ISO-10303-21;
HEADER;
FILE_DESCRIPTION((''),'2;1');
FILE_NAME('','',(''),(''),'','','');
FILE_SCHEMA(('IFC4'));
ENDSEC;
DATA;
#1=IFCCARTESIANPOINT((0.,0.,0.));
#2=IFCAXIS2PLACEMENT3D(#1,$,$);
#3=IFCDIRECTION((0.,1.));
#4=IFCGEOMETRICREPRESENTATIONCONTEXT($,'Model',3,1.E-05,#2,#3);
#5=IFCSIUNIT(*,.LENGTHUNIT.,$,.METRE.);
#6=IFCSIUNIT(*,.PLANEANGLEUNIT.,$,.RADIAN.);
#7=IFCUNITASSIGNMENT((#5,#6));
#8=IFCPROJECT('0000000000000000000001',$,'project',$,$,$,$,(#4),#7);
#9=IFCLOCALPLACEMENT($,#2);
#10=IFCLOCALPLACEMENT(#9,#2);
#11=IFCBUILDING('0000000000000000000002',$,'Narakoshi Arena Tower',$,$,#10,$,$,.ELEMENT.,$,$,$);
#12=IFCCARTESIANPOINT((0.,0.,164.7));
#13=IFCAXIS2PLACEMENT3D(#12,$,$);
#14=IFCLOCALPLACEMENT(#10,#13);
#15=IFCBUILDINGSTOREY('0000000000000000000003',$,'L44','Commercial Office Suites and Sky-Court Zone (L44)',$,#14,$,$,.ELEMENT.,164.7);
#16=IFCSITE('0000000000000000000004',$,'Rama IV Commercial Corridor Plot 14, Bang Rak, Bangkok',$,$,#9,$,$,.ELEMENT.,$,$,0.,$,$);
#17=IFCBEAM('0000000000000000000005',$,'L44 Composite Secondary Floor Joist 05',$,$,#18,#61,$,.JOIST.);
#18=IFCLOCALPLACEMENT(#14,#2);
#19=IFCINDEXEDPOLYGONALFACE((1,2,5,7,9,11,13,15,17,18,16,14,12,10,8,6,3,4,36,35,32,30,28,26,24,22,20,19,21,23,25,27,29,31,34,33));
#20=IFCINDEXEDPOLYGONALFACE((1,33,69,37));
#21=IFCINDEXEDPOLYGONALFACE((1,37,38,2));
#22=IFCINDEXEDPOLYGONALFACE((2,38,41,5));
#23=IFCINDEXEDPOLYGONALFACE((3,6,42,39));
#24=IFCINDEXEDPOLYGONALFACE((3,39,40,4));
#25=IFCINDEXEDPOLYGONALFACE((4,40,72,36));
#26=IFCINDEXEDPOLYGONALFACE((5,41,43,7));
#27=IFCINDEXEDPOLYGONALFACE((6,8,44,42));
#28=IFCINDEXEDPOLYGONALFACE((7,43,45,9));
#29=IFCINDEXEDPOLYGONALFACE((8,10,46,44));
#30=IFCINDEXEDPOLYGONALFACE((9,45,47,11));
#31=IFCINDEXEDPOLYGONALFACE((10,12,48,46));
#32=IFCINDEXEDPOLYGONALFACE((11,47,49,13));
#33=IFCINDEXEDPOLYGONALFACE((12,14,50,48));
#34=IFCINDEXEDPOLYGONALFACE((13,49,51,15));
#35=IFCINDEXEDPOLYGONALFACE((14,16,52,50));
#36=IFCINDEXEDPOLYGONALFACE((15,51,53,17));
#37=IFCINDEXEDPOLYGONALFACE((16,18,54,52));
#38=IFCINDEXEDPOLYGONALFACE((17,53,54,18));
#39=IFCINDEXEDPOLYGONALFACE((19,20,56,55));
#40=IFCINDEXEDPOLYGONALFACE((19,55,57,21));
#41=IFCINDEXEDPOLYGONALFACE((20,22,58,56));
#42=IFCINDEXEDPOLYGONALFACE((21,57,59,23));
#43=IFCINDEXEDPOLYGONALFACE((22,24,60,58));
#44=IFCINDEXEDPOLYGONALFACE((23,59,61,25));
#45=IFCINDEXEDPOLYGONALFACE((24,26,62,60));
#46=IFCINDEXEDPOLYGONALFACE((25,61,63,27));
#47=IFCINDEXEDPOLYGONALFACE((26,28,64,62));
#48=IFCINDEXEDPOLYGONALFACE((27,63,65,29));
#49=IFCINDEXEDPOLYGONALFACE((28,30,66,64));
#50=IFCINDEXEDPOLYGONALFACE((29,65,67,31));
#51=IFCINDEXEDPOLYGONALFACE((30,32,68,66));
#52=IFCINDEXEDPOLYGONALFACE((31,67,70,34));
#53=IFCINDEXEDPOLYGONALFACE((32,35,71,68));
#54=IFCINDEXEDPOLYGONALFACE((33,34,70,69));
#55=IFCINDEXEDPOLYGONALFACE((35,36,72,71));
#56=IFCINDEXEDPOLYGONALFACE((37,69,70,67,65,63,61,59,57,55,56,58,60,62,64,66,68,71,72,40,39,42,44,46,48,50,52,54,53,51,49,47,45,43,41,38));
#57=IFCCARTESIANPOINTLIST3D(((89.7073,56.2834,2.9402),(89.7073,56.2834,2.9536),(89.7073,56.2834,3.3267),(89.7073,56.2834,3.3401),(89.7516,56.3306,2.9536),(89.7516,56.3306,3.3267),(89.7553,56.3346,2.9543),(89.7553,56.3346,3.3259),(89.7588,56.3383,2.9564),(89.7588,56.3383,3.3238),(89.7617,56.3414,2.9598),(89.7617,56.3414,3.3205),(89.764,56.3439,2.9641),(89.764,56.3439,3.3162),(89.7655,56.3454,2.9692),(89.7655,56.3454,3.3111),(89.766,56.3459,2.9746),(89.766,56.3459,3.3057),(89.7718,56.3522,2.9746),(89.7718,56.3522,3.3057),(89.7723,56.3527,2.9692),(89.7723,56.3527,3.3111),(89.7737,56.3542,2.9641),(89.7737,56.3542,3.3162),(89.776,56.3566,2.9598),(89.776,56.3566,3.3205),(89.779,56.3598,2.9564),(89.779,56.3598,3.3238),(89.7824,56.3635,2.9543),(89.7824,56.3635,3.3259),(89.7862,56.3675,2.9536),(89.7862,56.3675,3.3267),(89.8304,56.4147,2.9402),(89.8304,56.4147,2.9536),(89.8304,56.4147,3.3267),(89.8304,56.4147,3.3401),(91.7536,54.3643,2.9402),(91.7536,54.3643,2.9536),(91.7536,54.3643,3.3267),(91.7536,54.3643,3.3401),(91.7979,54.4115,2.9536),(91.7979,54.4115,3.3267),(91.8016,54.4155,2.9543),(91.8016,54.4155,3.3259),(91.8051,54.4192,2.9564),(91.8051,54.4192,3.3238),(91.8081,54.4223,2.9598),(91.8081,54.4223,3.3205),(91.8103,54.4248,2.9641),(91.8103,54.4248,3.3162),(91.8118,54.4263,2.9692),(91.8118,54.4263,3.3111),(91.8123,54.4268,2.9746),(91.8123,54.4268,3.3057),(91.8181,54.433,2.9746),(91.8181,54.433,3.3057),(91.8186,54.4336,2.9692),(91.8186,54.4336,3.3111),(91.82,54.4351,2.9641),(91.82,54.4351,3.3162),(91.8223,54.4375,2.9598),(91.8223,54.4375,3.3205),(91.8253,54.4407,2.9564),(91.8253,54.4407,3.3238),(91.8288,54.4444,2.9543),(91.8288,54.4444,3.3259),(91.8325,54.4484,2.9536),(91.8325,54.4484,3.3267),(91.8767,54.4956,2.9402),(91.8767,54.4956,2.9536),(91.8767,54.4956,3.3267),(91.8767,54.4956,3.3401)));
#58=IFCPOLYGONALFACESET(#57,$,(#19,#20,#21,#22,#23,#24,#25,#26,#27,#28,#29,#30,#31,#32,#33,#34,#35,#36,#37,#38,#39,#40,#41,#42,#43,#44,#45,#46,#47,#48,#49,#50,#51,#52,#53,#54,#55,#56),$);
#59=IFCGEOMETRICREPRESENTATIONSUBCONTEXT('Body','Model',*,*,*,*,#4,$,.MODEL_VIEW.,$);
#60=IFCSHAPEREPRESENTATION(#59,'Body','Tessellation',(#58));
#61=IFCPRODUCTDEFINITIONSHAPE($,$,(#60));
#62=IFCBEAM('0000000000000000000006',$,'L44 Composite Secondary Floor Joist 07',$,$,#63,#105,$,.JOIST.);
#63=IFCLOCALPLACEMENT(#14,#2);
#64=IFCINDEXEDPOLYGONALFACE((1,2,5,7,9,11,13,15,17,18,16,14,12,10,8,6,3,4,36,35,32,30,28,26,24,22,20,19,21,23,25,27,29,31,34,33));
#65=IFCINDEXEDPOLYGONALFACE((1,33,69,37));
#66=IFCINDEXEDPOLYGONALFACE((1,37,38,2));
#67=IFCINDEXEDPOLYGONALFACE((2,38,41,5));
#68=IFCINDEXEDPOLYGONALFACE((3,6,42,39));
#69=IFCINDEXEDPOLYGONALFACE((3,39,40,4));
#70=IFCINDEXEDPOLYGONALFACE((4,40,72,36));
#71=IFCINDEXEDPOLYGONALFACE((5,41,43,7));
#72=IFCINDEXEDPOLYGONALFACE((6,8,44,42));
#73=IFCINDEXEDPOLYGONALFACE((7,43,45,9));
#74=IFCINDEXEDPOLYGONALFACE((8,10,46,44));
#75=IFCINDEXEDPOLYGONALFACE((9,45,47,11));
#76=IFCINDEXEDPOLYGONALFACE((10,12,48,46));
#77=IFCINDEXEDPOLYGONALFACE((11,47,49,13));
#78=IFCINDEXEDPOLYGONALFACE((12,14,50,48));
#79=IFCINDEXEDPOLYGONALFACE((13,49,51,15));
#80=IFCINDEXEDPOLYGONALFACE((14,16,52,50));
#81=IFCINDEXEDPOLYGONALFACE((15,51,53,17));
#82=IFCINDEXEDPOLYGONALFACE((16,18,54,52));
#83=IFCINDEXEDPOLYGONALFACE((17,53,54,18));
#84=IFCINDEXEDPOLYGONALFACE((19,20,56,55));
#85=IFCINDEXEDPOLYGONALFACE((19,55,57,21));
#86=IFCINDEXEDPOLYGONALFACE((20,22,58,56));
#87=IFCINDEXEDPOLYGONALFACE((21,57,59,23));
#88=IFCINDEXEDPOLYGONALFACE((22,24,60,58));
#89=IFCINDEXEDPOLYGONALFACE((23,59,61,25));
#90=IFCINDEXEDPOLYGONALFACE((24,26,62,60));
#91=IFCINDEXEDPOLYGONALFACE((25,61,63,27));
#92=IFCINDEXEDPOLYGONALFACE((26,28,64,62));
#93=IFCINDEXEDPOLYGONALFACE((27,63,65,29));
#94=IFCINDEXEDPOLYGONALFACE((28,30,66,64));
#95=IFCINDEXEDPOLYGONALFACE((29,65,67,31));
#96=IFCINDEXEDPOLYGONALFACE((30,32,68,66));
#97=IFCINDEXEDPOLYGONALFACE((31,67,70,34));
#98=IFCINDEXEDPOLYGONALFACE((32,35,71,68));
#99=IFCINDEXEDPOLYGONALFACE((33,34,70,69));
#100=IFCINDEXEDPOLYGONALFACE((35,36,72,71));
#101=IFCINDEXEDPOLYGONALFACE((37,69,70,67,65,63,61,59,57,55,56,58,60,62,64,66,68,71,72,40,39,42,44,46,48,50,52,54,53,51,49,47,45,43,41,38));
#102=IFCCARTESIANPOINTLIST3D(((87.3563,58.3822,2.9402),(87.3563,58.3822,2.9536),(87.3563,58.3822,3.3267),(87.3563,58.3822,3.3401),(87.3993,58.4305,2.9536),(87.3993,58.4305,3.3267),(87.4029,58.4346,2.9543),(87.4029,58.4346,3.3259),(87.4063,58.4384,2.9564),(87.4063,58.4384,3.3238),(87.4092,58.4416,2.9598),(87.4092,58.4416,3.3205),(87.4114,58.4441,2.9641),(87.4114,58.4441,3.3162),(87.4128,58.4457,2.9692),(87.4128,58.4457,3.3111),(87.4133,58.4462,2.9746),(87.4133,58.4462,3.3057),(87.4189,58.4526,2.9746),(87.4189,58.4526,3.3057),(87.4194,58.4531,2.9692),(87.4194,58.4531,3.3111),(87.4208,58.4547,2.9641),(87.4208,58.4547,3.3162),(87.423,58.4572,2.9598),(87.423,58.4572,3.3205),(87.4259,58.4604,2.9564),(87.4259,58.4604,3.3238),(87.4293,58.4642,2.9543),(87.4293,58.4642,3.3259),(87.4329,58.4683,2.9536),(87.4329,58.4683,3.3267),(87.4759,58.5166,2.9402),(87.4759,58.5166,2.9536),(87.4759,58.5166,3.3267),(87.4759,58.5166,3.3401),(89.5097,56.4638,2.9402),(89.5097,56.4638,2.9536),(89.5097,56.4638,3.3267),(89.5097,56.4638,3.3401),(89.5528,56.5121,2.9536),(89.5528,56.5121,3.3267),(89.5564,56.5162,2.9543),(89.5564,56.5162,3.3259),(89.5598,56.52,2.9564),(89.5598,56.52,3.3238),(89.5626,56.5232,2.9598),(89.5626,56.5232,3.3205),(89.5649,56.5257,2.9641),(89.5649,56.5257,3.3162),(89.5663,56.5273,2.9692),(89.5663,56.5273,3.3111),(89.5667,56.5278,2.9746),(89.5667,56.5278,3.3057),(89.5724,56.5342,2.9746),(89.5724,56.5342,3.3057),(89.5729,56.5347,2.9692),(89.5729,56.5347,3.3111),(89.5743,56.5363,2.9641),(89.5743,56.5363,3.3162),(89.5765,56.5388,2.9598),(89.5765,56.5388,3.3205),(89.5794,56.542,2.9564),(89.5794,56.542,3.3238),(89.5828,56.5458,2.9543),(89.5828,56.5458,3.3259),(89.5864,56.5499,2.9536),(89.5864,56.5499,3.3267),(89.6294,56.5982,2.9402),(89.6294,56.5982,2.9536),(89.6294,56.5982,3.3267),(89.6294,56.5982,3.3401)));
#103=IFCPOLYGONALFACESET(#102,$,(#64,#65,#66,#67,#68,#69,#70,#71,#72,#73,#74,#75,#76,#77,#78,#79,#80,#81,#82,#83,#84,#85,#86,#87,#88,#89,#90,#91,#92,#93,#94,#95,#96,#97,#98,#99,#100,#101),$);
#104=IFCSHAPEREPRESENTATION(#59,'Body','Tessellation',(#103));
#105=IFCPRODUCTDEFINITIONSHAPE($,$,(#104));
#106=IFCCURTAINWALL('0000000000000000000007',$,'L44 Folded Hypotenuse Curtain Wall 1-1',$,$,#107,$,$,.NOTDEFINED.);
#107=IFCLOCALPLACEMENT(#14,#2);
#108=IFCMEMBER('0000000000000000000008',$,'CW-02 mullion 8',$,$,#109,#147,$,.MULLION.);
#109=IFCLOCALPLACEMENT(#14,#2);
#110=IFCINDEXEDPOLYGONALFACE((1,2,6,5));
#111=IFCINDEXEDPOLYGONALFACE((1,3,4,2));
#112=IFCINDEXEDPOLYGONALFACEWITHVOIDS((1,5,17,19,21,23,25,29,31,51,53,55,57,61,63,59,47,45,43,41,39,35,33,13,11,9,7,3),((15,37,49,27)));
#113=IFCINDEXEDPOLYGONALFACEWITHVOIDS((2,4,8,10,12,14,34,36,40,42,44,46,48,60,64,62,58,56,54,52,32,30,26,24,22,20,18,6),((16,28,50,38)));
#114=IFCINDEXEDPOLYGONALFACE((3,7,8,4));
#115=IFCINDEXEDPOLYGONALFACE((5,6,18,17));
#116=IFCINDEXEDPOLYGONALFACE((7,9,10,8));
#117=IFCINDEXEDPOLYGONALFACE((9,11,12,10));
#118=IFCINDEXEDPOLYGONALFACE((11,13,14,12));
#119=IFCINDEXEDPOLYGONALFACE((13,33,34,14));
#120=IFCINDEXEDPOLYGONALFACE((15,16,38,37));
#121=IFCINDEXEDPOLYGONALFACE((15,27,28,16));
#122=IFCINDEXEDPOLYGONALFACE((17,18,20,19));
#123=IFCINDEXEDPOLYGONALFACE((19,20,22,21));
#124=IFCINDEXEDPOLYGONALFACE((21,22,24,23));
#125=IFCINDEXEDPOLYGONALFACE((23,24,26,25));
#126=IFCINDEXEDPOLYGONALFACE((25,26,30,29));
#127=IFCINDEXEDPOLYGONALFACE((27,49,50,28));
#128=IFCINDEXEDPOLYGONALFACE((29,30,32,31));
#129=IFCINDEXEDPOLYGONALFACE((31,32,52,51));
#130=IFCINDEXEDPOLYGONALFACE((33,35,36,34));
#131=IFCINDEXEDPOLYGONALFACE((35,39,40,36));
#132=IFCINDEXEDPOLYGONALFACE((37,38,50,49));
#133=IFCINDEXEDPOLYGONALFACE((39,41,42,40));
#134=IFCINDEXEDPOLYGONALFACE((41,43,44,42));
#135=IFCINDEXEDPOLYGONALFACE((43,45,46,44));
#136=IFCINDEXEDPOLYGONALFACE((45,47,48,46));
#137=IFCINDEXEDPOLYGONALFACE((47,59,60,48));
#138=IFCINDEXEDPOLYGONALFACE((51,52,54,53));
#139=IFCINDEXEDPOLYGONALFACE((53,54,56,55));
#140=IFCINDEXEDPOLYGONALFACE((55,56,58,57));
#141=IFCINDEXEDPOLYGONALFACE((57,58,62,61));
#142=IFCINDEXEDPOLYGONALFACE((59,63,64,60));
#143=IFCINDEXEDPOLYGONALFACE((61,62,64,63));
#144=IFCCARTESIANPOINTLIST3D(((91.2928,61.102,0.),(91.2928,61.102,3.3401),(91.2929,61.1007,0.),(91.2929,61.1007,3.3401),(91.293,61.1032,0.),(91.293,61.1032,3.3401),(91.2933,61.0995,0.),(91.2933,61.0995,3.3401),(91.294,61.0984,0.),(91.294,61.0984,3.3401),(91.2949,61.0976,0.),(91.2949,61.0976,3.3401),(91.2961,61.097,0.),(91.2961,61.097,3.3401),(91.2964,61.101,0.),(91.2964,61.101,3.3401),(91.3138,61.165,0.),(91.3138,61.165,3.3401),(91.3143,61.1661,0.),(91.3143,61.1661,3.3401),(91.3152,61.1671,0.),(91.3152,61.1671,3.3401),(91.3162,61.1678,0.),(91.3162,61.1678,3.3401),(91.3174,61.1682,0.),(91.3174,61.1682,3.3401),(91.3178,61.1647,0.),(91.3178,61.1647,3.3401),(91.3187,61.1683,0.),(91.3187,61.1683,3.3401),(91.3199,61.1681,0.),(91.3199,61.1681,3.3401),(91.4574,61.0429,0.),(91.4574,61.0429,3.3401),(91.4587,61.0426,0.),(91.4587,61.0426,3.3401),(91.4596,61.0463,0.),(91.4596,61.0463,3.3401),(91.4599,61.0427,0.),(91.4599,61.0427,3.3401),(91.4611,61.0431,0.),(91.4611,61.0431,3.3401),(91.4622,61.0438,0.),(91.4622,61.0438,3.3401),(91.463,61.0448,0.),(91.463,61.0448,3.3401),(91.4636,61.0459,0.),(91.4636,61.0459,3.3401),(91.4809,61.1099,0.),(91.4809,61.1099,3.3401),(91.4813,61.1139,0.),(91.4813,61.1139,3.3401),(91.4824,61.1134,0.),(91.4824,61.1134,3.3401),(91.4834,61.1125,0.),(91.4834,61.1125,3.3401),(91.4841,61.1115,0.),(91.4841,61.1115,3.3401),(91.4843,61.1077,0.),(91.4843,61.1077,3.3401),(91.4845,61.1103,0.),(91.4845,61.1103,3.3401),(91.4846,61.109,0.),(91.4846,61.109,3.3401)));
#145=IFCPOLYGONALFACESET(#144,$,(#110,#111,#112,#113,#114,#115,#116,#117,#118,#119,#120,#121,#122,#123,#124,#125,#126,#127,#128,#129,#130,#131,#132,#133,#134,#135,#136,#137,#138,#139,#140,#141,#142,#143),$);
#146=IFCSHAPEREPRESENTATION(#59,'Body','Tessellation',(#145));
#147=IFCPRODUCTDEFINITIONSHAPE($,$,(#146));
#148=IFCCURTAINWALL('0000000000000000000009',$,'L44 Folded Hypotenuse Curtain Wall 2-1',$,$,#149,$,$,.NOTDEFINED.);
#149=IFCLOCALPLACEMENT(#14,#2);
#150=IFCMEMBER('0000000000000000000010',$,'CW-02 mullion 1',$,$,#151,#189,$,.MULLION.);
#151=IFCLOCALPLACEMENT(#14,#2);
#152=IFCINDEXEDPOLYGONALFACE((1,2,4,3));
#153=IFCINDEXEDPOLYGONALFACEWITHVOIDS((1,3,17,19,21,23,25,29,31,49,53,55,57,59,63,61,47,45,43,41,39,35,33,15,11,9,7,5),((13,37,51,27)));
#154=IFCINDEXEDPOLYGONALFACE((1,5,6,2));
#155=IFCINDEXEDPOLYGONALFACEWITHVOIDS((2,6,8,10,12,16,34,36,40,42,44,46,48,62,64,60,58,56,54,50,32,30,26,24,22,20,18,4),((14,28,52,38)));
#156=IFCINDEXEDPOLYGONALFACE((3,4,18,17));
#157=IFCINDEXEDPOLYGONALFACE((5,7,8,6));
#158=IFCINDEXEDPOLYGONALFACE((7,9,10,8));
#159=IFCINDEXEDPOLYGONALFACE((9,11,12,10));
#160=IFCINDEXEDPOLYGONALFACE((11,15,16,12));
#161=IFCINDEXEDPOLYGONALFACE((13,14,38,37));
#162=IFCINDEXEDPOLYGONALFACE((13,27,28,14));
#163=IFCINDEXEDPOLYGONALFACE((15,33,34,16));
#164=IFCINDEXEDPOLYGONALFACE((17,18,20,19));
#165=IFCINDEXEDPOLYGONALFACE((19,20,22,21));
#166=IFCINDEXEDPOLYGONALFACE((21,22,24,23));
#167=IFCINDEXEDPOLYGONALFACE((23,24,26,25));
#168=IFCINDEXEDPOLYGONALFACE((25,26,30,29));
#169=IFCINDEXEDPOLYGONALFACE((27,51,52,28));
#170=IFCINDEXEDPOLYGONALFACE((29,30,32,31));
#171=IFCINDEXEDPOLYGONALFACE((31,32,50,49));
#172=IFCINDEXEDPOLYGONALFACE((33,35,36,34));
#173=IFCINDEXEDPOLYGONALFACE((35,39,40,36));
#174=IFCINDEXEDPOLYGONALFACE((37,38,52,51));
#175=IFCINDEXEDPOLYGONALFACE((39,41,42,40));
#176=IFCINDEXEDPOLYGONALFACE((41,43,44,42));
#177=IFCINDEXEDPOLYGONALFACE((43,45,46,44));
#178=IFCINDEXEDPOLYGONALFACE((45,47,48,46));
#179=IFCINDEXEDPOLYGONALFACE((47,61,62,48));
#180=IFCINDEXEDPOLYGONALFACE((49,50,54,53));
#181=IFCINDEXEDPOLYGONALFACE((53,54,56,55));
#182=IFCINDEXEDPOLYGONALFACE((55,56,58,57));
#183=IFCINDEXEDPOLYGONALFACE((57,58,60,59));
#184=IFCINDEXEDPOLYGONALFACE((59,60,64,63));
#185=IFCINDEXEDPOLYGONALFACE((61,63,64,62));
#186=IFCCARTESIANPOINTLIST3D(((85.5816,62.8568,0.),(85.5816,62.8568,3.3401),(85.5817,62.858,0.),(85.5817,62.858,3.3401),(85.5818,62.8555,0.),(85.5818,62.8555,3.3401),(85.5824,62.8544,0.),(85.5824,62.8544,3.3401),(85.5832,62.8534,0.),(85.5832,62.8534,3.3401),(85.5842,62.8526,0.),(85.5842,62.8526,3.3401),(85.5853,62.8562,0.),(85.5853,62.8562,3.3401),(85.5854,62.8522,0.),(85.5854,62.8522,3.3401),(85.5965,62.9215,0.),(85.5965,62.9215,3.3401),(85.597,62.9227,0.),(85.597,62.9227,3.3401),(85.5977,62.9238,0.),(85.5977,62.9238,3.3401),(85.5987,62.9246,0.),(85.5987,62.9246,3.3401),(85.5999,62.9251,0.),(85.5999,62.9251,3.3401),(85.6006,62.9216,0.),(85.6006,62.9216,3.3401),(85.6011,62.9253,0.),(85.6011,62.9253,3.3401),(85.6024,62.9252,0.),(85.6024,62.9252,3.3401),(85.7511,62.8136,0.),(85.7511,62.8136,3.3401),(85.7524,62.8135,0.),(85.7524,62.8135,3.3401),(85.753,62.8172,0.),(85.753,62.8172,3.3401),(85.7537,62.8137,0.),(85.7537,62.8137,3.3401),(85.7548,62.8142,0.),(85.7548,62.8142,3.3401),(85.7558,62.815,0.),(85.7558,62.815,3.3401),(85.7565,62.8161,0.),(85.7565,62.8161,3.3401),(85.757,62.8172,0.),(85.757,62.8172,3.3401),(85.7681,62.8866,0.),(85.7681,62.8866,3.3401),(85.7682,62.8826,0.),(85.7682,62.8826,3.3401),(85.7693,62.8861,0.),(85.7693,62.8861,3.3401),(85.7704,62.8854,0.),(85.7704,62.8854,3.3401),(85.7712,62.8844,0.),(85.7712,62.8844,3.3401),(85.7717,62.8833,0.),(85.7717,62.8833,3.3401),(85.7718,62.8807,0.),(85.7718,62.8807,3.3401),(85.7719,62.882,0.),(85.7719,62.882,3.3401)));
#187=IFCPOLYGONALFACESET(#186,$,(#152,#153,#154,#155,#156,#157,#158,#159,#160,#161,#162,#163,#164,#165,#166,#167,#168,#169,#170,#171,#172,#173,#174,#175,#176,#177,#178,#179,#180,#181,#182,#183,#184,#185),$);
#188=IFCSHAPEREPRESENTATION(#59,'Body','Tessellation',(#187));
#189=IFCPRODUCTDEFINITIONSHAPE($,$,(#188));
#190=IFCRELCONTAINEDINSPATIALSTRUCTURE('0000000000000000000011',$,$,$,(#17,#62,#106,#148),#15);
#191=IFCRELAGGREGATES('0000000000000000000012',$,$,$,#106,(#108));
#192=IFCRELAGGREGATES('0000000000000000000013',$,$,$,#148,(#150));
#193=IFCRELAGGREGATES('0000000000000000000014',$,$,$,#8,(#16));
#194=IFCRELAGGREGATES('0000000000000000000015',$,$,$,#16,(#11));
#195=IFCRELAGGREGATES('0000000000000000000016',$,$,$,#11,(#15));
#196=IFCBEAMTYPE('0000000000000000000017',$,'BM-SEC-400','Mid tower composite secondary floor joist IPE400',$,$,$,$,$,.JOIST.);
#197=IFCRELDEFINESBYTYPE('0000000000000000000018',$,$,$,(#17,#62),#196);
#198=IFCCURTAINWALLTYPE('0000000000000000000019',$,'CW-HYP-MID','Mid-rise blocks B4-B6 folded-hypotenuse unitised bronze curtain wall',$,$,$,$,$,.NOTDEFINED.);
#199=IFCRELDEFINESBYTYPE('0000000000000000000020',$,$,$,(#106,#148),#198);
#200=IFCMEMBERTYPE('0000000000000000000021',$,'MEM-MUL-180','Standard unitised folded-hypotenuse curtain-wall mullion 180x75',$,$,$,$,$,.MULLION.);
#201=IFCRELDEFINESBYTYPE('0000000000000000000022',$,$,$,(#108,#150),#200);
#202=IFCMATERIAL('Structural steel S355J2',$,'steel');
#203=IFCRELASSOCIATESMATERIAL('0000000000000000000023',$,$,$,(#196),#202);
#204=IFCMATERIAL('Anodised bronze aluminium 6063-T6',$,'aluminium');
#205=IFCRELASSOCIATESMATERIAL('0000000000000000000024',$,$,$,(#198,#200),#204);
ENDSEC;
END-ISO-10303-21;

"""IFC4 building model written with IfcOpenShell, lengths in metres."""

from ifc_helpers import new_model, si_unit, direction, frame, origin, origin_2d, place, context, subcontext, project, spatial, hollow_rectangle, i_section, extrude, material, material_profile, profile_set, type_object, element, aggregate, save


model = new_model("IFC4")

# Units and contexts
model_context = context("Model", 3, precision=1e-05, world=origin(), true_north=direction((0.0, 1.0)))
body_context = subcontext(model_context, "Body", "Model", "MODEL_VIEW")
ifc_project = project(units=[si_unit("LENGTHUNIT", "METRE"), si_unit("PLANEANGLEUNIT", "RADIAN")], contexts=[model_context])

# Site, building, storey
site_placement = place(None, origin())
site = spatial("IfcSite", under=ifc_project, at=site_placement, Name="Rama IV Commercial Corridor Plot 14, Bang Rak, Bangkok", CompositionType="ELEMENT", RefElevation=0.0)
building_placement = place(site_placement, origin())
building = spatial("IfcBuilding", under=site, at=building_placement, Name="Narakoshi Arena Tower", CompositionType="ELEMENT")
storey_placement = place(building_placement, frame((0.0, 0.0, 164.7)))
storey = spatial("IfcBuildingStorey", under=building, at=storey_placement, Name="L44", Description="Commercial Office Suites and Sky-Court Zone (L44)", CompositionType="ELEMENT", Elevation=164.7)

# Beams
ifc_material_1 = material(Name="Structural steel S355J2", Category="steel")
ifc_material_profile_1 = material_profile(ifc_material_1, i_section(OverallWidth=0.1799, OverallDepth=0.3999, WebThickness=0.0085, FlangeThickness=0.0134, FilletRadius=0.021, at=origin_2d()), Name="IPE400")
ifc_profile_set_1 = profile_set([ifc_material_profile_1], Name="Structural steel S355J2")
beam_type_1 = type_object("IfcBeamType", Name="BM-SEC-400", Description="Mid tower composite secondary floor joist IPE400", PredefinedType="JOIST", material=ifc_profile_set_1)
beam_1_placement = place(storey_placement, frame((91.8152, 54.4299, 3.1401), z_axis=(-0.729412, 0.684074, 0.0), x_axis=(-0.684074, -0.729412, 0.0)))
element("IfcBeam", 1, at=beam_1_placement, inside=storey, type_object=beam_type_1, Name="L44 Composite Secondary Floor Joist 05", PredefinedType="JOIST", context=body_context, shape_type="SweptSolid", body=[
    extrude(i_section(OverallWidth=0.1799, OverallDepth=0.3999, WebThickness=0.0085, FlangeThickness=0.0134, FilletRadius=0.021, at=origin_2d()), origin(), (0.0, 0.0, 1.0), 2.8054),
])
beam_2_placement = place(storey_placement, frame((89.5696, 56.531, 3.1401), z_axis=(-0.74669, 0.665173, 0.0), x_axis=(-0.665173, -0.74669, 0.0)))
element("IfcBeam", 2, at=beam_2_placement, inside=storey, type_object=beam_type_1, Name="L44 Composite Secondary Floor Joist 07", PredefinedType="JOIST", context=body_context, shape_type="SweptSolid", body=[
    extrude(i_section(OverallWidth=0.1799, OverallDepth=0.3999, WebThickness=0.0085, FlangeThickness=0.0134, FilletRadius=0.021, at=origin_2d()), origin(), (0.0, 0.0, 1.0), 2.884),
])

# Curtain wall, member
ifc_material_2 = material(Name="Anodised bronze aluminium 6063-T6", Category="aluminium")
curtain_wall_type = type_object("IfcCurtainWallType", Name="CW-HYP-MID", Description="Mid-rise blocks B4-B6 folded-hypotenuse unitised bronze curtain wall", PredefinedType="NOTDEFINED", material=ifc_material_2)
curtain_wall_1_placement = place(storey_placement, origin())
curtain_wall_1 = element("IfcCurtainWall", 3, at=curtain_wall_1_placement, inside=storey, type_object=curtain_wall_type, Name="L44 Folded Hypotenuse Curtain Wall 1-1", PredefinedType="NOTDEFINED")
ifc_material_profile_2 = material_profile(ifc_material_2, hollow_rectangle(XDim=0.075, YDim=0.1799, WallThickness=0.0039, OuterFilletRadius=0.0049, at=origin_2d()), Name="MUL180x75x4")
ifc_profile_set_2 = profile_set([ifc_material_profile_2], Name="Anodised bronze aluminium 6063-T6")
member_type_1 = type_object("IfcMemberType", Name="MEM-MUL-180", Description="Standard unitised folded-hypotenuse curtain-wall mullion 180x75", PredefinedType="MULLION", material=ifc_profile_set_2)
member_1_placement = place(storey_placement, frame((91.3887, 61.1055, 0.0), z_axis=(0.0, 0.0, 1.0), x_axis=(-0.318261, -0.948003, 0.0)))
member_1 = element("IfcMember", 4, at=member_1_placement, type_object=member_type_1, Name="CW-02 mullion 8", PredefinedType="MULLION", context=body_context, shape_type="SweptSolid", body=[
    extrude(hollow_rectangle(XDim=0.075, YDim=0.1799, WallThickness=0.0039, OuterFilletRadius=0.0049, at=origin_2d()), origin(), (0.0, 0.0, 1.0), 3.3401),
])
aggregate(curtain_wall_1, [member_1])

# Curtain wall, member
curtain_wall_2_placement = place(storey_placement, origin())
curtain_wall_2 = element("IfcCurtainWall", 5, at=curtain_wall_2_placement, inside=storey, type_object=curtain_wall_type, Name="L44 Folded Hypotenuse Curtain Wall 2-1", PredefinedType="NOTDEFINED")
member_2_placement = place(storey_placement, frame((85.6768, 62.8694, 0.0), z_axis=(0.0, 0.0, 1.0), x_axis=(-0.226721, -0.97396, 0.0)))
member_2 = element("IfcMember", 6, at=member_2_placement, type_object=member_type_1, Name="CW-02 mullion 1", PredefinedType="MULLION", context=body_context, shape_type="SweptSolid", body=[
    extrude(hollow_rectangle(XDim=0.075, YDim=0.1799, WallThickness=0.0039, OuterFilletRadius=0.0049, at=origin_2d()), origin(), (0.0, 0.0, 1.0), 3.3401),
])
aggregate(curtain_wall_2, [member_2])

save(model, "model.ifc")
